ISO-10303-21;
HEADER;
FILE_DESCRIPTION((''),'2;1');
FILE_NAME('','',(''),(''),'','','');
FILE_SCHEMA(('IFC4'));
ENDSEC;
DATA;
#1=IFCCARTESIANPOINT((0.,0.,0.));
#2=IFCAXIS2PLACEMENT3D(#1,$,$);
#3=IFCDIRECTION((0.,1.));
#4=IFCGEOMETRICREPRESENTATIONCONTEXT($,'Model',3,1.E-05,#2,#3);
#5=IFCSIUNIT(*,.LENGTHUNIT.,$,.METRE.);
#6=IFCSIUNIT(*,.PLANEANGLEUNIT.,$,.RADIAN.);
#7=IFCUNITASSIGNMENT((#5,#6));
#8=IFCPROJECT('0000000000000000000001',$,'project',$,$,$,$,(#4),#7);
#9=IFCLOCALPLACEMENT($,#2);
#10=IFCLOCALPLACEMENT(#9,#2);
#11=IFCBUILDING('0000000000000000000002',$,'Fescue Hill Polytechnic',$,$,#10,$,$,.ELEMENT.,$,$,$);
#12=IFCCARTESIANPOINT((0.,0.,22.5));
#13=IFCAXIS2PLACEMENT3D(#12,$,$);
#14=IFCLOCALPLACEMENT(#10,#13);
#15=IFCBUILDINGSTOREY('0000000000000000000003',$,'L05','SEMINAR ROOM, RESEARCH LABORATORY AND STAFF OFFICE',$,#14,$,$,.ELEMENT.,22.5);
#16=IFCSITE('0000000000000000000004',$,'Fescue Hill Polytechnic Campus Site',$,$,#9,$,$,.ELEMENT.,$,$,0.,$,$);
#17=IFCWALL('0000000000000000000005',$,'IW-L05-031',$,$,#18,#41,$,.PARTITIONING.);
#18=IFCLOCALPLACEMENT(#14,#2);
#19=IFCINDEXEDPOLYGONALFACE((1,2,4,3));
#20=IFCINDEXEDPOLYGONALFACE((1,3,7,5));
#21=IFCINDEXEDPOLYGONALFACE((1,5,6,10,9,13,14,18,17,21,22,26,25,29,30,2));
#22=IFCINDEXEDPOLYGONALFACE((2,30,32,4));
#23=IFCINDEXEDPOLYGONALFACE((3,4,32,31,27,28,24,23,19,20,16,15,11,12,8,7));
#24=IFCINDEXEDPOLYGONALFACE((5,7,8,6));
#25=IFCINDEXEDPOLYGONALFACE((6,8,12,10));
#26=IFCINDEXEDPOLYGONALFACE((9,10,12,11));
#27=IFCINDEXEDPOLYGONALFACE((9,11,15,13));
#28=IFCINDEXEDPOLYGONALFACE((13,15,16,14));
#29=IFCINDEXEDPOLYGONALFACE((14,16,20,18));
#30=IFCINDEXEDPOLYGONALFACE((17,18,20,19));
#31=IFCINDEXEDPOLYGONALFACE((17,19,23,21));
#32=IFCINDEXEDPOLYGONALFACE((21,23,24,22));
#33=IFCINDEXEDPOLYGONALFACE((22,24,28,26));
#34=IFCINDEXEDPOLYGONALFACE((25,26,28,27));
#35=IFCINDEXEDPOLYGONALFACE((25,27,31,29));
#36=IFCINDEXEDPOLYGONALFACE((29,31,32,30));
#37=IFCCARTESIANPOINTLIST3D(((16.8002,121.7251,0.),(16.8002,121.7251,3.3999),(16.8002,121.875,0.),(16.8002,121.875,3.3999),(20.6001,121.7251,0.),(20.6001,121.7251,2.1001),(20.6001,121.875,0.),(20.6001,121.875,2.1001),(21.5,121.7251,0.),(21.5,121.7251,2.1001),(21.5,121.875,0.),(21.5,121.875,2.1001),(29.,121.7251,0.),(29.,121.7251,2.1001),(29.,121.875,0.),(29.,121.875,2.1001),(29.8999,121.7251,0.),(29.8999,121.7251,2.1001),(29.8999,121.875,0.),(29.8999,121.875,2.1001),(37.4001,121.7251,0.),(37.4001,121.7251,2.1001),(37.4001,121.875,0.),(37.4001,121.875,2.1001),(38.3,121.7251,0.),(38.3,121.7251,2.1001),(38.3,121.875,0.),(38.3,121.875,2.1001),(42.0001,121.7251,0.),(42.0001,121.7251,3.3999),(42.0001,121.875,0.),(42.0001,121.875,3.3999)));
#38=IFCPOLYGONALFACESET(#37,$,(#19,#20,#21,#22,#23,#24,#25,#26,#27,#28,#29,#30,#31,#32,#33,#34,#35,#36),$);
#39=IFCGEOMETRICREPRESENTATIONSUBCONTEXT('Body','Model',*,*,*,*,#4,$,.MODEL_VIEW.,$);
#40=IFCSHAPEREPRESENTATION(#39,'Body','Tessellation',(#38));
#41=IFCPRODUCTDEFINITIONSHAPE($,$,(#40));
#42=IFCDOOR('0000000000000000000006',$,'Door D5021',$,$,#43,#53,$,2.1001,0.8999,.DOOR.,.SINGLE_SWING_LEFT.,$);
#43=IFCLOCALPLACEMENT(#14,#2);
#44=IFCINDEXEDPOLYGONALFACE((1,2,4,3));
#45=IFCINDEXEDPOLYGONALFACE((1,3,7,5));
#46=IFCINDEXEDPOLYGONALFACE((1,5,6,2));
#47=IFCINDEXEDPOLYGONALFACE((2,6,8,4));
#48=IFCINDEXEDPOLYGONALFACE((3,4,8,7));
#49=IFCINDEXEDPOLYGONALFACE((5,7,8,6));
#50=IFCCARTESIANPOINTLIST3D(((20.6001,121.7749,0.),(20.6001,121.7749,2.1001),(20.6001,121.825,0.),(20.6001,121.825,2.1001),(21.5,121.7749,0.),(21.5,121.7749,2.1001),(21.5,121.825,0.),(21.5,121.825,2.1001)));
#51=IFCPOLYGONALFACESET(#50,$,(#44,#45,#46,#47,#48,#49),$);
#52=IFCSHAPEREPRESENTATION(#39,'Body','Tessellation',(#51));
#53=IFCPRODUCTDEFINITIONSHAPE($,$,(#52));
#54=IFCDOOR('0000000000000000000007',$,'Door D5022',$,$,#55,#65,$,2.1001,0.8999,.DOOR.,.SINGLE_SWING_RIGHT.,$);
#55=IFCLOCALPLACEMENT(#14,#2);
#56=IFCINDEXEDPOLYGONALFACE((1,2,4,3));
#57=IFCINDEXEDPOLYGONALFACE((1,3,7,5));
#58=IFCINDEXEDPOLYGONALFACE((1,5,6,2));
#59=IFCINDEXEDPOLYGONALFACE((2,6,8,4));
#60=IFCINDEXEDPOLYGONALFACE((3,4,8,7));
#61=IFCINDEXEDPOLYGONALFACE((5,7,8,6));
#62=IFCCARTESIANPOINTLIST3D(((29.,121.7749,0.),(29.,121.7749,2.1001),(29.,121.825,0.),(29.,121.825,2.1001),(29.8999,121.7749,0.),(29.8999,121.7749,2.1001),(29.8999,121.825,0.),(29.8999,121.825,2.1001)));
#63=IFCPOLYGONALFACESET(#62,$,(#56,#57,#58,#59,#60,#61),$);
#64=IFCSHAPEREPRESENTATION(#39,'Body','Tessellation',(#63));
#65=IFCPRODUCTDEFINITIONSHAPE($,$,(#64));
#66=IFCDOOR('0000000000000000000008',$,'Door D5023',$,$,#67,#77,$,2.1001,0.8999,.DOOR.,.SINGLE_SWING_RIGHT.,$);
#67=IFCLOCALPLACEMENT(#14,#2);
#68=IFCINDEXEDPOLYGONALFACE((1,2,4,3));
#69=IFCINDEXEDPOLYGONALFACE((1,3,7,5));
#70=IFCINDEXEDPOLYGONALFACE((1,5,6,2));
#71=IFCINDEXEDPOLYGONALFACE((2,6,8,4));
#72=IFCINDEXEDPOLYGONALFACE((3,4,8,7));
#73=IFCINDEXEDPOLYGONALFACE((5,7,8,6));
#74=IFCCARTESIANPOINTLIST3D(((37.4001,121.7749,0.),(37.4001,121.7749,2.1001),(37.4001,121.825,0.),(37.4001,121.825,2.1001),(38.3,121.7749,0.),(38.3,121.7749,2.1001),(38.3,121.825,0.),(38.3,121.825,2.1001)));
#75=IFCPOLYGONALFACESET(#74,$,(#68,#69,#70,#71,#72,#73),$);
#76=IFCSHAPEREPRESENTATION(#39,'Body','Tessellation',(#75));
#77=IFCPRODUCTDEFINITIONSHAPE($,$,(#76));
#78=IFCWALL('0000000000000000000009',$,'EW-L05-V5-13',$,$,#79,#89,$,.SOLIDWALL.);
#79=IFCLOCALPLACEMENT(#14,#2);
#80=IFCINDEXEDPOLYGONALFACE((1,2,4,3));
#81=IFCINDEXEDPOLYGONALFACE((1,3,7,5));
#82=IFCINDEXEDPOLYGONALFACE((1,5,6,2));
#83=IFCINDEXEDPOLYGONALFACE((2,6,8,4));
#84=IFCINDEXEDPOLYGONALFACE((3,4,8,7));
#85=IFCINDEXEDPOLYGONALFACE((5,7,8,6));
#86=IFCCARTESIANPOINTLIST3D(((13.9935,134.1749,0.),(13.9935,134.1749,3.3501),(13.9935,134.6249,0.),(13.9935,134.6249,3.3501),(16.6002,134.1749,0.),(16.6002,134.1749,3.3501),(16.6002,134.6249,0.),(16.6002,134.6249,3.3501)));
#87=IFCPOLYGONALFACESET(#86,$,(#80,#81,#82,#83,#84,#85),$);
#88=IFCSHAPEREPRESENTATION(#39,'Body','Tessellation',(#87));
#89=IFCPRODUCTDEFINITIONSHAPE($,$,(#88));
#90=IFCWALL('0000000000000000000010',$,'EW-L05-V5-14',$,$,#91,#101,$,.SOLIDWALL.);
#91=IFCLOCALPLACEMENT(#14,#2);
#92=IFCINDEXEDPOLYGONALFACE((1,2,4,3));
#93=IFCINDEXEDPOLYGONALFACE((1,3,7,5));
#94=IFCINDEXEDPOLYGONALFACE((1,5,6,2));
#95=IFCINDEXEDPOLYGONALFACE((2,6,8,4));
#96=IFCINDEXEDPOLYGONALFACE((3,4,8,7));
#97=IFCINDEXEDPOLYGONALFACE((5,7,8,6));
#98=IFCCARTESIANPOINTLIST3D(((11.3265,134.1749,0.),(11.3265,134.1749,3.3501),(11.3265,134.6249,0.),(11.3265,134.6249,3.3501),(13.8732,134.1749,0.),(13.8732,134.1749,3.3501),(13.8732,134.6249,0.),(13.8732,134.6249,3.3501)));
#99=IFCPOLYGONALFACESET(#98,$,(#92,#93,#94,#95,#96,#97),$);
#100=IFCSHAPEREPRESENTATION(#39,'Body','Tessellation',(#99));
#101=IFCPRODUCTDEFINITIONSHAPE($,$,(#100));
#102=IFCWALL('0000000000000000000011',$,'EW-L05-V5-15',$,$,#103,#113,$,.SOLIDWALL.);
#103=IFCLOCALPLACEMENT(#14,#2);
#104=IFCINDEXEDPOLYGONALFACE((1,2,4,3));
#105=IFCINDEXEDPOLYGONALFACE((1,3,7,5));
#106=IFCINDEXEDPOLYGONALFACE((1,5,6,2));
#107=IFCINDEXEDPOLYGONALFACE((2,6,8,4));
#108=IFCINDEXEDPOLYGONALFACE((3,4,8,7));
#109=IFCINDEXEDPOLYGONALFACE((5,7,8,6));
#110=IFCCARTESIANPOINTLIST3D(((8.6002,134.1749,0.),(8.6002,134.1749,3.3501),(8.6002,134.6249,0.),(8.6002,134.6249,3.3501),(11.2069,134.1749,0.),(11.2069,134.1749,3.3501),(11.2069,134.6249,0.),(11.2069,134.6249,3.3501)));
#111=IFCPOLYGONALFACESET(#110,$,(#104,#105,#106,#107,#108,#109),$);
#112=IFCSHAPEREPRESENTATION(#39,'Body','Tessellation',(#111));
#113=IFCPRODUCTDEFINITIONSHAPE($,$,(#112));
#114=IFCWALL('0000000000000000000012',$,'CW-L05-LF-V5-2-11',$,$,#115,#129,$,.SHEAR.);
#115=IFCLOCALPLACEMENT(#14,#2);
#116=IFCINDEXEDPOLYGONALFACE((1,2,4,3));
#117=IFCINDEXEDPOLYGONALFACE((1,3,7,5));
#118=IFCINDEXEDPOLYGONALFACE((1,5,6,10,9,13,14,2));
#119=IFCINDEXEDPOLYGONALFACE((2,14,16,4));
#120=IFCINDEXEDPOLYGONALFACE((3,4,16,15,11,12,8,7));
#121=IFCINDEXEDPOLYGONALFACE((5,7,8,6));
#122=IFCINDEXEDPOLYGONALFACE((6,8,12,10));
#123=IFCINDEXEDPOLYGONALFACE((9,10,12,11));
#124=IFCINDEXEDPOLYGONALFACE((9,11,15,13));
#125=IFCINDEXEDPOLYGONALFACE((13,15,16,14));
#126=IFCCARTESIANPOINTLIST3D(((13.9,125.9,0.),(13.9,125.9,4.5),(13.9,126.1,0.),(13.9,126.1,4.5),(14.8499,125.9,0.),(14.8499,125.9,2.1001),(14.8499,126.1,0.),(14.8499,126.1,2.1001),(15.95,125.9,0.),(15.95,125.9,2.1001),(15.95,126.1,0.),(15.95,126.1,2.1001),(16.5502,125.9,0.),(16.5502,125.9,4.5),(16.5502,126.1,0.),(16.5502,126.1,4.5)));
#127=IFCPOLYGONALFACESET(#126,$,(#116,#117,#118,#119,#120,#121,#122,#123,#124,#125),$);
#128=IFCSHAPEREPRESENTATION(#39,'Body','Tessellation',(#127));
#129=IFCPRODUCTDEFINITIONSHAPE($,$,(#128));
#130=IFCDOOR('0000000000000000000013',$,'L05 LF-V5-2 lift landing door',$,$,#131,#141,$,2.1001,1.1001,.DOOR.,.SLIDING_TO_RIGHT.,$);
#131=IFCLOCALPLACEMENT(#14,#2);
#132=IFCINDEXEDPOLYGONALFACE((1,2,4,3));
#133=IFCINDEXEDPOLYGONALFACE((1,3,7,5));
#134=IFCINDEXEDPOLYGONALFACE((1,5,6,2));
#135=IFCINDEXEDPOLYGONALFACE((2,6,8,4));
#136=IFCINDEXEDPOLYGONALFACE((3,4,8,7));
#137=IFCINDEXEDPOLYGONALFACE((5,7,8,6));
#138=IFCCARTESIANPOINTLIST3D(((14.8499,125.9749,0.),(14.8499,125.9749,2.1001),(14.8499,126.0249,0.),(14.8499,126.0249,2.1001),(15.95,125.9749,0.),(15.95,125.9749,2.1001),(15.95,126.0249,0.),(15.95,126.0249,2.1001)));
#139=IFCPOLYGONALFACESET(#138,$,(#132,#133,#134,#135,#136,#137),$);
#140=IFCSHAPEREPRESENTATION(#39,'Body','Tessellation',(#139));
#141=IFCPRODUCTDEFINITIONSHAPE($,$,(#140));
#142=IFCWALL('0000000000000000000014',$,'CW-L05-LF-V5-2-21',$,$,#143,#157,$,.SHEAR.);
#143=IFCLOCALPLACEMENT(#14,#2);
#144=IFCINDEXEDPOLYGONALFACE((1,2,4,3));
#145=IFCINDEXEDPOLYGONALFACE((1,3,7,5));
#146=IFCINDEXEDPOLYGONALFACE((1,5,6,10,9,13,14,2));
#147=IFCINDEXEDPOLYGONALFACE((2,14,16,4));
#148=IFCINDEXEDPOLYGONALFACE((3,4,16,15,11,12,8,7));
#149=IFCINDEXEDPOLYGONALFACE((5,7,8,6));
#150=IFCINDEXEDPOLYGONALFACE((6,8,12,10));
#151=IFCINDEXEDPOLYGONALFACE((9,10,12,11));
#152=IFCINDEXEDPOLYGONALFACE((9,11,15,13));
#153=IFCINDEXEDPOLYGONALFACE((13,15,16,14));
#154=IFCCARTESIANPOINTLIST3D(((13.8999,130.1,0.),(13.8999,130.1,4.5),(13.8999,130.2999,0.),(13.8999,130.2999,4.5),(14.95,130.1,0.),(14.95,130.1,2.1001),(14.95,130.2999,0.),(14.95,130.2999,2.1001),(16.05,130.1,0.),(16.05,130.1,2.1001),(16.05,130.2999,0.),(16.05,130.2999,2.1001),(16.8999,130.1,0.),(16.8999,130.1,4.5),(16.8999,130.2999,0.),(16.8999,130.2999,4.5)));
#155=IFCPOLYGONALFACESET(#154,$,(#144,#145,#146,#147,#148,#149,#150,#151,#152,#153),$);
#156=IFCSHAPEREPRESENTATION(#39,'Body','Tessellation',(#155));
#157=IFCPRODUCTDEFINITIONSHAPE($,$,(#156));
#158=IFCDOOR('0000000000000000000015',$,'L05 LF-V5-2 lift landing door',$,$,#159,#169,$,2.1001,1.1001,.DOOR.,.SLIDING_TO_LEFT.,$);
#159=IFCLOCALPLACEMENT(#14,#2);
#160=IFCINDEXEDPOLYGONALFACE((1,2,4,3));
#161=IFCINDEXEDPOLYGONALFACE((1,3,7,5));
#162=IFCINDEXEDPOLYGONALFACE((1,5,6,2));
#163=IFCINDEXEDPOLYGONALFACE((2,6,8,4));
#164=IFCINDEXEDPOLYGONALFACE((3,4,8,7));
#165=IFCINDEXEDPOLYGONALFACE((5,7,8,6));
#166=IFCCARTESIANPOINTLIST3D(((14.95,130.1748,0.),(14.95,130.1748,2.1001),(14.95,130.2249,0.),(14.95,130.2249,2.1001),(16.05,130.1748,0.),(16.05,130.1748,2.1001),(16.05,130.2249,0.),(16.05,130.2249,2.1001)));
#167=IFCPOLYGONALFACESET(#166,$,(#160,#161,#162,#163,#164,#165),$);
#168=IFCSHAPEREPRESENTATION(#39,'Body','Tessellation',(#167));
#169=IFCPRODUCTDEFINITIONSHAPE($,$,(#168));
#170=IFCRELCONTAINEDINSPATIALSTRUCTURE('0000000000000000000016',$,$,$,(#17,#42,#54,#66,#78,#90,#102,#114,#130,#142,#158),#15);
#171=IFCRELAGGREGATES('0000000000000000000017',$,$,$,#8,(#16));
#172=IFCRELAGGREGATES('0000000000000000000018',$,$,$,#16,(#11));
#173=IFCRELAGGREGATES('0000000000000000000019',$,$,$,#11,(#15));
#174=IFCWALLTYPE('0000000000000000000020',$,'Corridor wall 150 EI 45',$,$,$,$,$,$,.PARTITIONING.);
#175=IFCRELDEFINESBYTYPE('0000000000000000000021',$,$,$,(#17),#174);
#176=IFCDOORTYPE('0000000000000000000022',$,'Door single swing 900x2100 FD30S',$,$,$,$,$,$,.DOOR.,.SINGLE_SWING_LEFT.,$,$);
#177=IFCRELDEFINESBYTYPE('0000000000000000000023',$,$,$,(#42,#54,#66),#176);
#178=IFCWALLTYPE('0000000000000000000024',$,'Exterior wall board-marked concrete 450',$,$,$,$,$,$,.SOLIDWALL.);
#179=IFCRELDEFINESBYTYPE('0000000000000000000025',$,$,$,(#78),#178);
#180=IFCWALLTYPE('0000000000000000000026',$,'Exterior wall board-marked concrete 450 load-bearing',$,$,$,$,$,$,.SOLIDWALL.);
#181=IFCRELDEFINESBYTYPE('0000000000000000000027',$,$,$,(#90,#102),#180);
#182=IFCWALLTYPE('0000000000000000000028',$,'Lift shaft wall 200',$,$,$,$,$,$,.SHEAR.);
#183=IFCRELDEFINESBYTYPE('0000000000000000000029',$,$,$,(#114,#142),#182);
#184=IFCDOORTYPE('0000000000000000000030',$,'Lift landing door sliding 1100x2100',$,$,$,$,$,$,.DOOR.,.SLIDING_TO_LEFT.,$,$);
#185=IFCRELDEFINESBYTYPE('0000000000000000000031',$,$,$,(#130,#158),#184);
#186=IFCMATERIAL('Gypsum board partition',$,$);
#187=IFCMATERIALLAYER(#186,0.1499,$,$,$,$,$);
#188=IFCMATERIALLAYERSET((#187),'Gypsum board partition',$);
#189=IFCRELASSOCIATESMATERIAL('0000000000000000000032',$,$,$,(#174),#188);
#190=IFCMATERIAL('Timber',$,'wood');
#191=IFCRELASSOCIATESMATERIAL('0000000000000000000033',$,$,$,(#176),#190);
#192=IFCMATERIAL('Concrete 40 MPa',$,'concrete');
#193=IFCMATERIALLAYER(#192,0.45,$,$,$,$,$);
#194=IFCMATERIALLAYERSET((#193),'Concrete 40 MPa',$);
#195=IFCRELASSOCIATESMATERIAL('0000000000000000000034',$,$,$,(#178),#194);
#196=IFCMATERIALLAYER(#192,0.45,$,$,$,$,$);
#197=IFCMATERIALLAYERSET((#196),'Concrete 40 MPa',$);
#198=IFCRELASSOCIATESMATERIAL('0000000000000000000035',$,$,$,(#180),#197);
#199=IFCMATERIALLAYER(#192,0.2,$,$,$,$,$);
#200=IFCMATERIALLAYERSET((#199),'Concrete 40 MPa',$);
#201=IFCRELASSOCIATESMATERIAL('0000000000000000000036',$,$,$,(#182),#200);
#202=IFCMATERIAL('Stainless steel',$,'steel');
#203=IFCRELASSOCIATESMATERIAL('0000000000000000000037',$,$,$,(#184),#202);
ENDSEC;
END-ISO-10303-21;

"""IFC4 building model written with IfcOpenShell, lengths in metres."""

from ifc_helpers import new_model, si_unit, direction, frame, frame_2d, origin, place, context, subcontext, project, spatial, rectangle, extrude, material, layer, layer_set, type_object, element, fill, save


model = new_model("IFC4")

# Units and contexts
model_context = context("Model", 3, precision=1e-05, world=origin(), true_north=direction((0.0, 1.0)))
body_context = subcontext(model_context, "Body", "Model", "MODEL_VIEW")
ifc_project = project(units=[si_unit("LENGTHUNIT", "METRE"), si_unit("PLANEANGLEUNIT", "RADIAN")], contexts=[model_context])

# Site, building, storey
site_placement = place(None, origin())
site = spatial("IfcSite", under=ifc_project, at=site_placement, Name="Fescue Hill Polytechnic Campus Site", CompositionType="ELEMENT", RefElevation=0.0)
building_placement = place(site_placement, origin())
building = spatial("IfcBuilding", under=site, at=building_placement, Name="Fescue Hill Polytechnic", CompositionType="ELEMENT")
storey_placement = place(building_placement, frame((0.0, 0.0, 22.5)))
storey = spatial("IfcBuildingStorey", under=building, at=storey_placement, Name="L05", Description="SEMINAR ROOM, RESEARCH LABORATORY AND STAFF OFFICE", CompositionType="ELEMENT", Elevation=22.5)

# Shared definitions
ifc_material_1 = material(Name="Concrete 40 MPa", Category="concrete")

# Wall, openings, doors
ifc_material_2 = material(Name="Gypsum board partition")
ifc_layer_1 = layer(ifc_material_2, 0.1499)
ifc_layer_set_1 = layer_set([ifc_layer_1], Name="Gypsum board partition")
wall_type_1 = type_object("IfcWallType", Name="Corridor wall 150 EI 45", PredefinedType="PARTITIONING", material=ifc_layer_set_1)
wall_1_placement = place(storey_placement, frame((16.8, 121.8, 0.0), z_axis=(0.0, 0.0, 1.0), x_axis=(1.0, 0.0, 0.0)))
wall_1 = element("IfcWall", 1, at=wall_1_placement, inside=storey, type_object=wall_type_1, Name="IW-L05-031", PredefinedType="PARTITIONING", context=body_context, shape_type="SweptSolid", body=[
    extrude(rectangle(XDim=25.2, YDim=0.1499, at=frame_2d((12.6001, 0.0))), origin(), (0.0, 0.0, 1.0), 3.3999),
])
opening_1_placement = place(wall_1_placement, frame((3.8, 0.0, 0.0)))
opening_1 = element("IfcOpeningElement", 2, at=opening_1_placement, cuts=wall_1, PredefinedType="OPENING", context=body_context, shape_type="SweptSolid", body=[
    extrude(rectangle(XDim=0.8999, YDim=2.1001, at=frame_2d((0.45, 1.05))), frame((0.0, 0.085, 0.0), z_axis=(0.0, -1.0, 0.0), x_axis=(1.0, 0.0, 0.0)), (0.0, 0.0, 1.0), 0.1699),
])
opening_2_placement = place(wall_1_placement, frame((12.2, 0.0, 0.0)))
opening_2 = element("IfcOpeningElement", 3, at=opening_2_placement, cuts=wall_1, PredefinedType="OPENING", context=body_context, shape_type="SweptSolid", body=[
    extrude(rectangle(XDim=0.8999, YDim=2.1001, at=frame_2d((0.45, 1.05))), frame((0.0, 0.085, 0.0), z_axis=(0.0, -1.0, 0.0), x_axis=(1.0, 0.0, 0.0)), (0.0, 0.0, 1.0), 0.1699),
])
opening_3_placement = place(wall_1_placement, frame((20.6001, 0.0, 0.0)))
opening_3 = element("IfcOpeningElement", 4, at=opening_3_placement, cuts=wall_1, PredefinedType="OPENING", context=body_context, shape_type="SweptSolid", body=[
    extrude(rectangle(XDim=0.8999, YDim=2.1001, at=frame_2d((0.45, 1.05))), frame((0.0, 0.085, 0.0), z_axis=(0.0, -1.0, 0.0), x_axis=(1.0, 0.0, 0.0)), (0.0, 0.0, 1.0), 0.1699),
])
ifc_material_3 = material(Name="Timber", Category="wood")
door_type_1 = type_object("IfcDoorType", Name="Door single swing 900x2100 FD30S", OperationType="SINGLE_SWING_LEFT", PredefinedType="DOOR", material=ifc_material_3)
door_1_placement = place(opening_1_placement, origin())
door_1 = element("IfcDoor", 5, at=door_1_placement, inside=storey, type_object=door_type_1, Name="Door D5021", OperationType="SINGLE_SWING_LEFT", OverallHeight=2.1001, OverallWidth=0.8999, PredefinedType="DOOR", context=body_context, shape_type="SweptSolid", body=[
    extrude(rectangle(XDim=0.8999, YDim=2.1001, at=frame_2d((0.45, 1.05))), frame((0.0, 0.0249, 0.0), z_axis=(0.0, -1.0, 0.0), x_axis=(1.0, 0.0, 0.0)), (0.0, 0.0, 1.0), 0.05),
])
fill(opening_1, door_1)
door_2_placement = place(opening_2_placement, origin())
door_2 = element("IfcDoor", 6, at=door_2_placement, inside=storey, type_object=door_type_1, Name="Door D5022", OperationType="SINGLE_SWING_RIGHT", OverallHeight=2.1001, OverallWidth=0.8999, PredefinedType="DOOR", context=body_context, shape_type="SweptSolid", body=[
    extrude(rectangle(XDim=0.8999, YDim=2.1001, at=frame_2d((0.45, 1.05))), frame((0.0, 0.0249, 0.0), z_axis=(0.0, -1.0, 0.0), x_axis=(1.0, 0.0, 0.0)), (0.0, 0.0, 1.0), 0.05),
])
fill(opening_2, door_2)
door_3_placement = place(opening_3_placement, origin())
door_3 = element("IfcDoor", 7, at=door_3_placement, inside=storey, type_object=door_type_1, Name="Door D5023", OperationType="SINGLE_SWING_RIGHT", OverallHeight=2.1001, OverallWidth=0.8999, PredefinedType="DOOR", context=body_context, shape_type="SweptSolid", body=[
    extrude(rectangle(XDim=0.8999, YDim=2.1001, at=frame_2d((0.45, 1.05))), frame((0.0, 0.0249, 0.0), z_axis=(0.0, -1.0, 0.0), x_axis=(1.0, 0.0, 0.0)), (0.0, 0.0, 1.0), 0.05),
])
fill(opening_3, door_3)

# Walls
ifc_layer_2 = layer(ifc_material_1, 0.45)
ifc_layer_set_2 = layer_set([ifc_layer_2], Name="Concrete 40 MPa")
wall_type_2 = type_object("IfcWallType", Name="Exterior wall board-marked concrete 450", PredefinedType="SOLIDWALL", material=ifc_layer_set_2)
wall_2_placement = place(storey_placement, frame((16.6001, 134.3999, 0.0), z_axis=(0.0, 0.0, 1.0), x_axis=(-1.0, 0.0, 0.0)))
element("IfcWall", 8, at=wall_2_placement, inside=storey, type_object=wall_type_2, Name="EW-L05-V5-13", PredefinedType="SOLIDWALL", context=body_context, shape_type="SweptSolid", body=[
    extrude(rectangle(XDim=2.6067, YDim=0.45, at=frame_2d((1.3032, 0.0))), origin(), (0.0, 0.0, 1.0), 3.3501),
])
ifc_layer_3 = layer(ifc_material_1, 0.45)
ifc_layer_set_3 = layer_set([ifc_layer_3], Name="Concrete 40 MPa")
wall_type_3 = type_object("IfcWallType", Name="Exterior wall board-marked concrete 450 load-bearing", PredefinedType="SOLIDWALL", material=ifc_layer_set_3)
wall_3_placement = place(storey_placement, frame((13.8733, 134.3999, 0.0), z_axis=(0.0, 0.0, 1.0), x_axis=(-1.0, 0.0, 0.0)))
element("IfcWall", 9, at=wall_3_placement, inside=storey, type_object=wall_type_3, Name="EW-L05-V5-14", PredefinedType="SOLIDWALL", context=body_context, shape_type="SweptSolid", body=[
    extrude(rectangle(XDim=2.5466, YDim=0.45, at=frame_2d((1.2734, 0.0))), origin(), (0.0, 0.0, 1.0), 3.3501),
])
wall_4_placement = place(storey_placement, frame((11.2068, 134.3999, 0.0), z_axis=(0.0, 0.0, 1.0), x_axis=(-1.0, 0.0, 0.0)))
element("IfcWall", 10, at=wall_4_placement, inside=storey, type_object=wall_type_3, Name="EW-L05-V5-15", PredefinedType="SOLIDWALL", context=body_context, shape_type="SweptSolid", body=[
    extrude(rectangle(XDim=2.6067, YDim=0.45, at=frame_2d((1.3032, 0.0))), origin(), (0.0, 0.0, 1.0), 3.3501),
])

# Walls, openings, doors
ifc_layer_4 = layer(ifc_material_1, 0.2)
ifc_layer_set_4 = layer_set([ifc_layer_4], Name="Concrete 40 MPa")
wall_type_4 = type_object("IfcWallType", Name="Lift shaft wall 200", PredefinedType="SHEAR", material=ifc_layer_set_4)
wall_5_placement = place(storey_placement, frame((13.8999, 126.0, 0.0), z_axis=(0.0, 0.0, 1.0), x_axis=(1.0, 0.0, 0.0)))
wall_5 = element("IfcWall", 11, at=wall_5_placement, inside=storey, type_object=wall_type_4, Name="CW-L05-LF-V5-2-11", PredefinedType="SHEAR", context=body_context, shape_type="SweptSolid", body=[
    extrude(rectangle(XDim=2.6501, YDim=0.2, at=frame_2d((1.3252, 0.0))), origin(), (0.0, 0.0, 1.0), 4.5),
])
opening_4_placement = place(wall_5_placement, frame((0.95, 0.0, 0.0)))
opening_4 = element("IfcOpeningElement", 12, at=opening_4_placement, cuts=wall_5, PredefinedType="OPENING", context=body_context, shape_type="SweptSolid", body=[
    extrude(rectangle(XDim=1.1001, YDim=2.1001, at=frame_2d((0.55, 1.05))), frame((0.0, 0.1099, 0.0), z_axis=(0.0, -1.0, 0.0), x_axis=(1.0, 0.0, 0.0)), (0.0, 0.0, 1.0), 0.22),
])
ifc_material_4 = material(Name="Stainless steel", Category="steel")
door_type_2 = type_object("IfcDoorType", Name="Lift landing door sliding 1100x2100", OperationType="SLIDING_TO_LEFT", PredefinedType="DOOR", material=ifc_material_4)
door_4_placement = place(opening_4_placement, origin())
door_4 = element("IfcDoor", 13, at=door_4_placement, inside=storey, type_object=door_type_2, Name="L05 LF-V5-2 lift landing door", OperationType="SLIDING_TO_RIGHT", OverallHeight=2.1001, OverallWidth=1.1001, PredefinedType="DOOR", context=body_context, shape_type="SweptSolid", body=[
    extrude(rectangle(XDim=1.1001, YDim=2.1001, at=frame_2d((0.55, 1.05))), frame((0.0, 0.0249, 0.0), z_axis=(0.0, -1.0, 0.0), x_axis=(1.0, 0.0, 0.0)), (0.0, 0.0, 1.0), 0.05),
])
fill(opening_4, door_4)
wall_6_placement = place(storey_placement, frame((13.8999, 130.2, 0.0), z_axis=(0.0, 0.0, 1.0), x_axis=(1.0, 0.0, 0.0)))
wall_6 = element("IfcWall", 14, at=wall_6_placement, inside=storey, type_object=wall_type_4, Name="CW-L05-LF-V5-2-21", PredefinedType="SHEAR", context=body_context, shape_type="SweptSolid", body=[
    extrude(rectangle(XDim=3.0, YDim=0.2, at=frame_2d((1.5, 0.0))), origin(), (0.0, 0.0, 1.0), 4.5),
])
opening_5_placement = place(wall_6_placement, frame((1.05, 0.0, 0.0)))
opening_5 = element("IfcOpeningElement", 15, at=opening_5_placement, cuts=wall_6, PredefinedType="OPENING", context=body_context, shape_type="SweptSolid", body=[
    extrude(rectangle(XDim=1.1001, YDim=2.1001, at=frame_2d((0.55, 1.05))), frame((0.0, 0.1099, 0.0), z_axis=(0.0, -1.0, 0.0), x_axis=(1.0, 0.0, 0.0)), (0.0, 0.0, 1.0), 0.22),
])
door_5_placement = place(opening_5_placement, origin())
door_5 = element("IfcDoor", 16, at=door_5_placement, inside=storey, type_object=door_type_2, Name="L05 LF-V5-2 lift landing door", OperationType="SLIDING_TO_LEFT", OverallHeight=2.1001, OverallWidth=1.1001, PredefinedType="DOOR", context=body_context, shape_type="SweptSolid", body=[
    extrude(rectangle(XDim=1.1001, YDim=2.1001, at=frame_2d((0.55, 1.05))), frame((0.0, 0.0249, 0.0), z_axis=(0.0, -1.0, 0.0), x_axis=(1.0, 0.0, 0.0)), (0.0, 0.0, 1.0), 0.05),
])
fill(opening_5, door_5)

save(model, "model.ifc")
